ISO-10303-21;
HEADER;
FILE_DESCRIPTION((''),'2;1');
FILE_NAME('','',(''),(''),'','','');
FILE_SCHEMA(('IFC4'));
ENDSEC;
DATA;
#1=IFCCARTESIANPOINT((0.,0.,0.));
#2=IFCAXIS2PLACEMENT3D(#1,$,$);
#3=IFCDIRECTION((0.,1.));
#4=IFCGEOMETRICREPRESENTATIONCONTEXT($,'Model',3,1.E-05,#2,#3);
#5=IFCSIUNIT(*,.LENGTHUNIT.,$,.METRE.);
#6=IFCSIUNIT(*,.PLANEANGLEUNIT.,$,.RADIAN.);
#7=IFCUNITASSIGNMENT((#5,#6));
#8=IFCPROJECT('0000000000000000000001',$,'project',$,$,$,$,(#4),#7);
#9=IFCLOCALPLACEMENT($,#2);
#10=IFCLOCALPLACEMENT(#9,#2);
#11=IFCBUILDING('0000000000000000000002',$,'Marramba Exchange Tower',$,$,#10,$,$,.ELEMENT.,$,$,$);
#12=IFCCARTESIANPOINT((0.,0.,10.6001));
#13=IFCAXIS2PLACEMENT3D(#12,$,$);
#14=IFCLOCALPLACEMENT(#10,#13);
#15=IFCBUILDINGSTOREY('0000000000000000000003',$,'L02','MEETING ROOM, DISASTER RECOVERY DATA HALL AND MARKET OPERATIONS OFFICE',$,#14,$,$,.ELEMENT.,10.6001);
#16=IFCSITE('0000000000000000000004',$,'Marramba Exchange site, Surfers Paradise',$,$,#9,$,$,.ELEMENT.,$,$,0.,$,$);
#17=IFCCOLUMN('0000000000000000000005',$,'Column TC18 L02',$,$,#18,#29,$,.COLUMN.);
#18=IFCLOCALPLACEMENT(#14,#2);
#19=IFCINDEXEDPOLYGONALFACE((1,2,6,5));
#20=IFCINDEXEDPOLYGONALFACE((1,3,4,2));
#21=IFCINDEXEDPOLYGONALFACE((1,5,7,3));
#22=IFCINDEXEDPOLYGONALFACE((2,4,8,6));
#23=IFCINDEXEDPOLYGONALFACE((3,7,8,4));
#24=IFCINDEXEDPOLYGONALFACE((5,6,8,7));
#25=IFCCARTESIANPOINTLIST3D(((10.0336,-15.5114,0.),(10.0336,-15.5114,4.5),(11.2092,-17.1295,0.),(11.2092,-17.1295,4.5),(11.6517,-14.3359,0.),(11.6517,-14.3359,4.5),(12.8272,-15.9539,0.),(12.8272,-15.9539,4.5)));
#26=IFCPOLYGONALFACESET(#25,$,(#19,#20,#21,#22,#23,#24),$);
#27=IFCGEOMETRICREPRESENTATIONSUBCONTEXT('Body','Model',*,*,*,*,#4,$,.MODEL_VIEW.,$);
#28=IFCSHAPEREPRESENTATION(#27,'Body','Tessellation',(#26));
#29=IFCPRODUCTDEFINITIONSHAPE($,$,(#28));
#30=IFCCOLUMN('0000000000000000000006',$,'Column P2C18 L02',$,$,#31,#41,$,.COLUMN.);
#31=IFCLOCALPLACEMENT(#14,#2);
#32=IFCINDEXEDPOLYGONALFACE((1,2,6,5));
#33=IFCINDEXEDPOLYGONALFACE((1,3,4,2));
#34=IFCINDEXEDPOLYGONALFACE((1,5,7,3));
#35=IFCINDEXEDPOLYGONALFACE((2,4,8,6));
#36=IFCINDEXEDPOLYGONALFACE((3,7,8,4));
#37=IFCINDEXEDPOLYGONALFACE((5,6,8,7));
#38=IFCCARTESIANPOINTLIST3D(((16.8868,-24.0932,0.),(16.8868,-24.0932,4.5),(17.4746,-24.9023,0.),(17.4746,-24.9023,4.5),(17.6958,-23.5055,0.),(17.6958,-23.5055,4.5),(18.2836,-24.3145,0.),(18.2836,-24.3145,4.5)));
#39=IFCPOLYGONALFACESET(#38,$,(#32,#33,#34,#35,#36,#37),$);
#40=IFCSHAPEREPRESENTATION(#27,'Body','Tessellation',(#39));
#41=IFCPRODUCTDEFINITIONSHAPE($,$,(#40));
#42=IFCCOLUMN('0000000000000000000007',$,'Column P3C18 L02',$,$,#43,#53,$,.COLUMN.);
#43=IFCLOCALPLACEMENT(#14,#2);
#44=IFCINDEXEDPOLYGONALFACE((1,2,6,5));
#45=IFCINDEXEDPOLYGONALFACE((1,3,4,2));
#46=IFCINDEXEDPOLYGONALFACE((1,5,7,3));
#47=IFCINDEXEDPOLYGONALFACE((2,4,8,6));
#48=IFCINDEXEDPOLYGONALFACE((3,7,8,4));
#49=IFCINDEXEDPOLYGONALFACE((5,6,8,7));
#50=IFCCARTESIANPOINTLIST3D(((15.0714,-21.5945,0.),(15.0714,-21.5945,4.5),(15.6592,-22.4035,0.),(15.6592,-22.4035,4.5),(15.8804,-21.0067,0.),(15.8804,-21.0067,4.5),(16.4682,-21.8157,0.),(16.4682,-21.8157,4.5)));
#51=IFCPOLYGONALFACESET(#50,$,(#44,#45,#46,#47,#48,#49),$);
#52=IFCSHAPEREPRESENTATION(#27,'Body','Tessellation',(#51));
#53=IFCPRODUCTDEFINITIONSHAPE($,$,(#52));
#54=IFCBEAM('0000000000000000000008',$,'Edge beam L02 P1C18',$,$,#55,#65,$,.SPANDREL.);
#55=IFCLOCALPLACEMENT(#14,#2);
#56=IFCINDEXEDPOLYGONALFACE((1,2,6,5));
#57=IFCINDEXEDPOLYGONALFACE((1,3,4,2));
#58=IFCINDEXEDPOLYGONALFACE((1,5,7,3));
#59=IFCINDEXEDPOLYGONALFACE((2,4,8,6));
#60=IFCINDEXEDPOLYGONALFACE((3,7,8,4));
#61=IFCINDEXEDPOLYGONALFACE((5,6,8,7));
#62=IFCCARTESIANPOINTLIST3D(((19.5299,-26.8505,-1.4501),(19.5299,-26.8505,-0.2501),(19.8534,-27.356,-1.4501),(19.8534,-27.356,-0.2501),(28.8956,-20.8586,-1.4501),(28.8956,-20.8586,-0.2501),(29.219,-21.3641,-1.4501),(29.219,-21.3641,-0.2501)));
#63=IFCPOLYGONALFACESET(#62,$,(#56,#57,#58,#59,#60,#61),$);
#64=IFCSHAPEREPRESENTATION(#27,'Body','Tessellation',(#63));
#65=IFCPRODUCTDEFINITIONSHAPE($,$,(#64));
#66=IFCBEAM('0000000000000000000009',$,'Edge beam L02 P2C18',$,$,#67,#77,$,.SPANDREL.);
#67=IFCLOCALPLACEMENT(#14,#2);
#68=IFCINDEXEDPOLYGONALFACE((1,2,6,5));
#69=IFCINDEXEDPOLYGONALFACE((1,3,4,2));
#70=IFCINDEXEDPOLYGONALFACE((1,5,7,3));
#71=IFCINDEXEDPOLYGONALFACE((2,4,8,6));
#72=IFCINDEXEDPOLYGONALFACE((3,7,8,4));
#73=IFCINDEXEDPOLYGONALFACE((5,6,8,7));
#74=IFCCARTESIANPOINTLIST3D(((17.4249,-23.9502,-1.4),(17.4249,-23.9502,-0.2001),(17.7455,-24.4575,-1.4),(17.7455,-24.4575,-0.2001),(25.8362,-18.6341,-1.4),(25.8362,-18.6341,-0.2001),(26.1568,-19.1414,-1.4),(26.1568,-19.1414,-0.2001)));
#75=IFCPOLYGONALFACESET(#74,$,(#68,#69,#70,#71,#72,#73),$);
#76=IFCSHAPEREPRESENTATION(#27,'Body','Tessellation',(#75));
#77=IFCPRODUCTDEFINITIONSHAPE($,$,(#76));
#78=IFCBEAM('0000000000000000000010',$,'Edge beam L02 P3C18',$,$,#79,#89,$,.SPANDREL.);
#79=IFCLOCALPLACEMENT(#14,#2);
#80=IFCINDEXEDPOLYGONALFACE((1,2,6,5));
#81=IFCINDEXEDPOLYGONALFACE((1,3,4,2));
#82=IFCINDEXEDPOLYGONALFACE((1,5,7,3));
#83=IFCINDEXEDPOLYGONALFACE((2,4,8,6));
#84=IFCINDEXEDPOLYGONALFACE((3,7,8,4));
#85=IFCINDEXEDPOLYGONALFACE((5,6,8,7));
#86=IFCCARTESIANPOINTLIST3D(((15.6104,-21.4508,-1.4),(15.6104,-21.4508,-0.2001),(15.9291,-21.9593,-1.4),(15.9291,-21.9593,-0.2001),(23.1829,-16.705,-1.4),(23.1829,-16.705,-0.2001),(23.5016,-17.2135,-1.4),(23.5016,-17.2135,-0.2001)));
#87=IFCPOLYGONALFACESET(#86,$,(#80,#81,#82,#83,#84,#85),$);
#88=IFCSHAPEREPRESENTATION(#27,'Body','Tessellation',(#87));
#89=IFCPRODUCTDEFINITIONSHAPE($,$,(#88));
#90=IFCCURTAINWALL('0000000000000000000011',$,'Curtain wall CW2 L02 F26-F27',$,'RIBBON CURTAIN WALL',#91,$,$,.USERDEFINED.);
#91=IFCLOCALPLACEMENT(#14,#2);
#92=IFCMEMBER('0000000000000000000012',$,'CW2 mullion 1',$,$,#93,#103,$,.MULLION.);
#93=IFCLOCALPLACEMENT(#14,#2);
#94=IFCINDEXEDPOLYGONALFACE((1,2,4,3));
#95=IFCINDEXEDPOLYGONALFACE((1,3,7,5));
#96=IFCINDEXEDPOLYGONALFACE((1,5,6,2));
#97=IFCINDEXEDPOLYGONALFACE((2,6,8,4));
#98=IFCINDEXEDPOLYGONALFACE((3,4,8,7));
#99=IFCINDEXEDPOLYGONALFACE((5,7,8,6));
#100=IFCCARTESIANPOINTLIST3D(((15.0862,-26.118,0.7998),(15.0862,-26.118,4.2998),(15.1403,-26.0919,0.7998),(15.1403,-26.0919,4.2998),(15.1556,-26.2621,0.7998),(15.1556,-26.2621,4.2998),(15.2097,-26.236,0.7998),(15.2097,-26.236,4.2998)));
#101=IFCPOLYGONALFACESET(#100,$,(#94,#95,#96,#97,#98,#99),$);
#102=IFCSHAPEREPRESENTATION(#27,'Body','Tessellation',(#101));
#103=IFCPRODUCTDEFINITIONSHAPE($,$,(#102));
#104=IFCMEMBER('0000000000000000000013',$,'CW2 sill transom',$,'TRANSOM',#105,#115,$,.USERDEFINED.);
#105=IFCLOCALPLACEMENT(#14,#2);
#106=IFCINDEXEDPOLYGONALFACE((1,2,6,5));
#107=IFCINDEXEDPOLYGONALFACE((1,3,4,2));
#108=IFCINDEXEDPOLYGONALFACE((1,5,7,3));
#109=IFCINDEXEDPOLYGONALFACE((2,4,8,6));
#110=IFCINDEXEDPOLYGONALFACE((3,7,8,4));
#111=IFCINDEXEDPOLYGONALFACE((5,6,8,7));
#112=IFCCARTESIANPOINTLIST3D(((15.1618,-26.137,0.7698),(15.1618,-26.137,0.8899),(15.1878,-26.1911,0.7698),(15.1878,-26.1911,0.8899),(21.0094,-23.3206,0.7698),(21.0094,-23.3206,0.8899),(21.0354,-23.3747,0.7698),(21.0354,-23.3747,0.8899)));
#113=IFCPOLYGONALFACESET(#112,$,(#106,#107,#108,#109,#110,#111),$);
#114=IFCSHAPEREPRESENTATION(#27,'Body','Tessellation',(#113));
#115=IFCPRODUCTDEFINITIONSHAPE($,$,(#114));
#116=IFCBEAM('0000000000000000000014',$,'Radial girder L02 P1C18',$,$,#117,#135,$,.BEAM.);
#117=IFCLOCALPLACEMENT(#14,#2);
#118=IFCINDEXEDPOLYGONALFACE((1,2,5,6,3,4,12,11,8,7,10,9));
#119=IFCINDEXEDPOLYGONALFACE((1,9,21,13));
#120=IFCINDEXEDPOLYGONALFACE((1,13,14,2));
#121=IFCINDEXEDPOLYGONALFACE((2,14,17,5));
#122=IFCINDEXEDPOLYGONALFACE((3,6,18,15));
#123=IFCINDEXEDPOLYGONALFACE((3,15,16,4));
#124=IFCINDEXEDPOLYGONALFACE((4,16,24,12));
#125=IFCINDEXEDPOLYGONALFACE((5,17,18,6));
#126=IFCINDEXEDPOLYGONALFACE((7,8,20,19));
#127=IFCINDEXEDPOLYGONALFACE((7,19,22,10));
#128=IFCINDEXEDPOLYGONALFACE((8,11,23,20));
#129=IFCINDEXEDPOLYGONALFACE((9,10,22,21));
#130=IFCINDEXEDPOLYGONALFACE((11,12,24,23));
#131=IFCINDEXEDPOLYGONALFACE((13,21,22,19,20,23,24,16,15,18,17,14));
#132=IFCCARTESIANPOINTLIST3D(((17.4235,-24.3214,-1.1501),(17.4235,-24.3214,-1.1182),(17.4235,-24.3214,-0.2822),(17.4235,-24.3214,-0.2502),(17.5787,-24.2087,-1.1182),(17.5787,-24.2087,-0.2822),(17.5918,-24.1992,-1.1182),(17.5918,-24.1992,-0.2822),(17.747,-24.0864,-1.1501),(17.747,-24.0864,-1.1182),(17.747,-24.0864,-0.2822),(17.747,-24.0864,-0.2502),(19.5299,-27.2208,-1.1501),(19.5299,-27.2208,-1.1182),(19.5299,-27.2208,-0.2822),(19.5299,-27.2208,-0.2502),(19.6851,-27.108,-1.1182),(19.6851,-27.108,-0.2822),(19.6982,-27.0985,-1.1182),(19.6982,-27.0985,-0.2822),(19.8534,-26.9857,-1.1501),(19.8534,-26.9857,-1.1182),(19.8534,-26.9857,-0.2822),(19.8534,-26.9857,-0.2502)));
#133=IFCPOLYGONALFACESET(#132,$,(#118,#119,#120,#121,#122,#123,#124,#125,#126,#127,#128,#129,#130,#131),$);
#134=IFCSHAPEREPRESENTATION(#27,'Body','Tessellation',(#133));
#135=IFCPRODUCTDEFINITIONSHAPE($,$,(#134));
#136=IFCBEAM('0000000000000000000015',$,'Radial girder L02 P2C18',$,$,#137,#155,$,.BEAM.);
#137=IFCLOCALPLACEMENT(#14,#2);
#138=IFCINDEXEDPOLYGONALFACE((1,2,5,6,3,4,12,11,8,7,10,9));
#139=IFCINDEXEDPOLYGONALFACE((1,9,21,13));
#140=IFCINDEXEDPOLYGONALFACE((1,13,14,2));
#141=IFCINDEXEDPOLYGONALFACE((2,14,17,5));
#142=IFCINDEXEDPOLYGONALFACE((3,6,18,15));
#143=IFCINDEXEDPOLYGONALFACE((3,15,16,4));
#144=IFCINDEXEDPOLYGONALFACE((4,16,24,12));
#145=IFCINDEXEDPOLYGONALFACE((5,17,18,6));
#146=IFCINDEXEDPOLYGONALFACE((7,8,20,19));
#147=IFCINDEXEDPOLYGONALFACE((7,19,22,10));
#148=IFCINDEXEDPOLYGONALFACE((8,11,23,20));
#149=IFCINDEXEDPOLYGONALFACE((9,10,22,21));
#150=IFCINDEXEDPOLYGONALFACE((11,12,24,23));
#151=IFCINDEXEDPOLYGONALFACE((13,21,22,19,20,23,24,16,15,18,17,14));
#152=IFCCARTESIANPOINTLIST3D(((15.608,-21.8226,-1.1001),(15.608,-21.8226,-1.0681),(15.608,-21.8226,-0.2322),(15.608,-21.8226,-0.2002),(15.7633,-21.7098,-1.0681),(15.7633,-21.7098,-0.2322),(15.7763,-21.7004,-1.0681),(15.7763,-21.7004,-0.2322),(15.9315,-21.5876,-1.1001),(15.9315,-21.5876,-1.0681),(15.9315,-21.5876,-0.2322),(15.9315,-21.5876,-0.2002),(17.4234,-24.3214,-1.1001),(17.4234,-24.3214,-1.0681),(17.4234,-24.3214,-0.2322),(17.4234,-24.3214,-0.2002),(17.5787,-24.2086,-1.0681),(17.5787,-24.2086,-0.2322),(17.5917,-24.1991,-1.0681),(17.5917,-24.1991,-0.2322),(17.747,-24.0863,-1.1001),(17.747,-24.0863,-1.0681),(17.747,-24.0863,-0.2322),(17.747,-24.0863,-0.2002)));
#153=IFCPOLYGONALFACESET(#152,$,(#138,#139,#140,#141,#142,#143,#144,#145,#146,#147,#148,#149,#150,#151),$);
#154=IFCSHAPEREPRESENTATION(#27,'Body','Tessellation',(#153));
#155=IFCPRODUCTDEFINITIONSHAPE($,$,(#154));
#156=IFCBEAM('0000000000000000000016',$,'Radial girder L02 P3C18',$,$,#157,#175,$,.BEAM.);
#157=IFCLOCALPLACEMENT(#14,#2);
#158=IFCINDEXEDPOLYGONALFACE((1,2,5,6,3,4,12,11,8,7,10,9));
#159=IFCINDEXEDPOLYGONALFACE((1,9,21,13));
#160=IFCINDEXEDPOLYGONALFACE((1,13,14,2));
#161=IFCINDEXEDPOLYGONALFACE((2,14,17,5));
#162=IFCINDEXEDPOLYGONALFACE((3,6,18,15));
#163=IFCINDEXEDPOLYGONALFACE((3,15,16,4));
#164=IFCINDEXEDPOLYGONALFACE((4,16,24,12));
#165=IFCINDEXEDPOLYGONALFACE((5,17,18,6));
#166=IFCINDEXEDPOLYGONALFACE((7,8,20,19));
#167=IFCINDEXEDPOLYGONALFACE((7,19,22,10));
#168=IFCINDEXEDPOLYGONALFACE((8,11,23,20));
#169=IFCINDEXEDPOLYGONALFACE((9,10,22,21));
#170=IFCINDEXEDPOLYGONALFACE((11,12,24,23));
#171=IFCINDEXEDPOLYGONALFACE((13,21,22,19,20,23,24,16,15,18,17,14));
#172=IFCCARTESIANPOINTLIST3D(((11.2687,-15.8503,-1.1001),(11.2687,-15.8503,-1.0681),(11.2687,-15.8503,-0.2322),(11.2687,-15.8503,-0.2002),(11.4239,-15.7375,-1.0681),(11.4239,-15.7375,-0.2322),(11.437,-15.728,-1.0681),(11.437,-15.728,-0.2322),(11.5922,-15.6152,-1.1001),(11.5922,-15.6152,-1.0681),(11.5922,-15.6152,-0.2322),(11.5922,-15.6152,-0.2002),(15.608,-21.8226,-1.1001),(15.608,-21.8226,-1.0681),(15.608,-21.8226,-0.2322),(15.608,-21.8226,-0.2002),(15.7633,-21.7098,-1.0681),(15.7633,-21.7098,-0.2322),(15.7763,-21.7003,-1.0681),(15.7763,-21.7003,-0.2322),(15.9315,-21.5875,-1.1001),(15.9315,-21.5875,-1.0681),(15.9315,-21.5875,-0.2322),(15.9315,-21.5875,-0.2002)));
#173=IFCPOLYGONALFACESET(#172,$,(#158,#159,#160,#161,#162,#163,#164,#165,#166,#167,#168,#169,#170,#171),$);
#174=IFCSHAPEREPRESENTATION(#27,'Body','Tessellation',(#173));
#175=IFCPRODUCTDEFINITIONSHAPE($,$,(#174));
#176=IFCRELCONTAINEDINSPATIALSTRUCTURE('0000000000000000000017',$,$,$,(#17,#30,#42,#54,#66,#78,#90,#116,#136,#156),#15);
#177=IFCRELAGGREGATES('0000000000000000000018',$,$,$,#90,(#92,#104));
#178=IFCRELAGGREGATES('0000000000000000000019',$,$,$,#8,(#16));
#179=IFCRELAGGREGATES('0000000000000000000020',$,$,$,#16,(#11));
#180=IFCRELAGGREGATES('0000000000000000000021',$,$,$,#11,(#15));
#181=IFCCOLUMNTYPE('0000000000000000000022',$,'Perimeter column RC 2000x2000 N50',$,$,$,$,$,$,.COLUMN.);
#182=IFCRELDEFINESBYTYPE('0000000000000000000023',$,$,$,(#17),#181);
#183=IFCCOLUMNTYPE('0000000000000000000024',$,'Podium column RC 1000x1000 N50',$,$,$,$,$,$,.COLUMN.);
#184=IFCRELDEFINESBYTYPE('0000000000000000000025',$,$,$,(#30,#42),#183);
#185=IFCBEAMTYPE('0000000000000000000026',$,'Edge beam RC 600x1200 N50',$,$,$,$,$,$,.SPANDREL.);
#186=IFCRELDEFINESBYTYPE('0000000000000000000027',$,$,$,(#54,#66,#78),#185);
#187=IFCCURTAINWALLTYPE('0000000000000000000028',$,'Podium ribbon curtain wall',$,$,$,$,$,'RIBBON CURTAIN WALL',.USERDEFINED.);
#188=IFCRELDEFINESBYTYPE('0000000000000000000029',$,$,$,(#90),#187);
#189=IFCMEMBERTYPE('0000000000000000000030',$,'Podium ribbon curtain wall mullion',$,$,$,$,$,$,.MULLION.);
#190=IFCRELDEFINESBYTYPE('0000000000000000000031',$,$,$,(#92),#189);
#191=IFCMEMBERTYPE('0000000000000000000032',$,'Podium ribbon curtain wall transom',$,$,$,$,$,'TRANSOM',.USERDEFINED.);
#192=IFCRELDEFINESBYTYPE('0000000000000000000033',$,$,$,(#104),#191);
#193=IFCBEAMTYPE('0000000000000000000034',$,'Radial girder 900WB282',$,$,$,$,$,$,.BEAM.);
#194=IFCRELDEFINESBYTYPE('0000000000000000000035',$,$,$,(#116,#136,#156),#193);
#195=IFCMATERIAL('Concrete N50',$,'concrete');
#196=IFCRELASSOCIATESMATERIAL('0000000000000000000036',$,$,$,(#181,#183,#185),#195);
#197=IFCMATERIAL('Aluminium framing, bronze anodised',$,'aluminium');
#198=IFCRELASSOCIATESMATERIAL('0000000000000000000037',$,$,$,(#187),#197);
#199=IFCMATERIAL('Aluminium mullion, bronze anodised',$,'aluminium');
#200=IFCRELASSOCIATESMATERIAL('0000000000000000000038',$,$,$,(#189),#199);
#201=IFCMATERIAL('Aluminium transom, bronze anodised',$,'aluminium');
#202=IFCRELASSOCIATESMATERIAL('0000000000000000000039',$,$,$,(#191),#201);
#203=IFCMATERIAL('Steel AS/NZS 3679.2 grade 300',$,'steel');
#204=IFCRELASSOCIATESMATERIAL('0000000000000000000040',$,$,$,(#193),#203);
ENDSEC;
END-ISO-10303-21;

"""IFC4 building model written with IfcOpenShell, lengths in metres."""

from ifc_helpers import new_model, si_unit, direction, frame, origin, origin_2d, place, context, subcontext, project, spatial, rectangle, i_section, extrude, material, material_profile, profile_set, type_object, element, aggregate, save


model = new_model("IFC4")

# Units and contexts
model_context = context("Model", 3, precision=1e-05, world=origin(), true_north=direction((0.0, 1.0)))
body_context = subcontext(model_context, "Body", "Model", "MODEL_VIEW")
ifc_project = project(units=[si_unit("LENGTHUNIT", "METRE"), si_unit("PLANEANGLEUNIT", "RADIAN")], contexts=[model_context])

# Site, building, storey
site_placement = place(None, origin())
site = spatial("IfcSite", under=ifc_project, at=site_placement, Name="Marramba Exchange site, Surfers Paradise", CompositionType="ELEMENT", RefElevation=0.0)
building_placement = place(site_placement, origin())
building = spatial("IfcBuilding", under=site, at=building_placement, Name="Marramba Exchange Tower", CompositionType="ELEMENT")
storey_placement = place(building_placement, frame((0.0, 0.0, 10.6001)))
storey = spatial("IfcBuildingStorey", under=building, at=storey_placement, Name="L02", Description="MEETING ROOM, DISASTER RECOVERY DATA HALL AND MARKET OPERATIONS OFFICE", CompositionType="ELEMENT", Elevation=10.6001)

# Columns
ifc_material_1 = material(Name="Concrete N50", Category="concrete")
ifc_material_profile_1 = material_profile(ifc_material_1, rectangle(XDim=2.0, YDim=2.0, at=origin_2d()), Name="RC 2000x2000")
ifc_profile_set_1 = profile_set([ifc_material_profile_1], Name="Concrete N50")
column_type_1 = type_object("IfcColumnType", Name="Perimeter column RC 2000x2000 N50", PredefinedType="COLUMN", material=ifc_profile_set_1)
column_placement = place(storey_placement, frame((11.4304, -15.7327, 0.0), z_axis=(0.0, 0.0, 1.0), x_axis=(0.587785, -0.809017, 0.0)))
element("IfcColumn", 1, at=column_placement, inside=storey, type_object=column_type_1, Name="Column TC18 L02", PredefinedType="COLUMN", context=body_context, shape_type="SweptSolid", body=[
    extrude(rectangle(XDim=2.0, YDim=2.0, at=origin_2d()), origin(), (0.0, 0.0, 1.0), 4.5),
])
ifc_material_profile_2 = material_profile(ifc_material_1, rectangle(XDim=1.0, YDim=1.0, at=origin_2d()), Name="RC 1000x1000")
ifc_profile_set_2 = profile_set([ifc_material_profile_2], Name="Concrete N50")
column_type_2 = type_object("IfcColumnType", Name="Podium column RC 1000x1000 N50", PredefinedType="COLUMN", material=ifc_profile_set_2)
for number, where, z_axis, x_axis, name in (
    (2, (17.5852, -24.2039, 0.0), (0.0, 0.0, 1.0), (0.587785, -0.809017, 0.0), "Column P2C18 L02"),
    (3, (15.7698, -21.7051, 0.0), (0.0, 0.0, 1.0), (0.587785, -0.809017, 0.0), "Column P3C18 L02"),
):
    element("IfcColumn", number, at=place(storey_placement, frame(where, z_axis=z_axis, x_axis=x_axis)), inside=storey, type_object=column_type_2, Name=name, PredefinedType="COLUMN", context=body_context, shape_type="SweptSolid", body=[
        extrude(rectangle(XDim=1.0, YDim=1.0, at=origin_2d()), origin(), (0.0, 0.0, 1.0), 4.5),
    ])

# Beams
ifc_material_profile_3 = material_profile(ifc_material_1, rectangle(XDim=0.6001, YDim=1.2, at=origin_2d()), Name="RC 600x1200")
ifc_profile_set_3 = profile_set([ifc_material_profile_3], Name="Concrete N50")
beam_type_1 = type_object("IfcBeamType", Name="Edge beam RC 600x1200 N50", PredefinedType="SPANDREL", material=ifc_profile_set_3)
beam_1_placement = place(storey_placement, frame((19.6917, -27.1033, -0.8501), z_axis=(0.842358, 0.538918, 0.0), x_axis=(-0.538918, 0.842358, 0.0)))
element("IfcBeam", 4, at=beam_1_placement, inside=storey, type_object=beam_type_1, Name="Edge beam L02 P1C18", PredefinedType="SPANDREL", context=body_context, shape_type="SweptSolid", body=[
    extrude(rectangle(XDim=0.6001, YDim=1.2, at=origin_2d()), origin(), (0.0, 0.0, 1.0), 11.1184),
])
beam_2_placement = place(storey_placement, frame((17.5852, -24.2039, -0.8), z_axis=(0.84532, 0.53426, 0.0), x_axis=(-0.53426, 0.84532, 0.0)))
element("IfcBeam", 5, at=beam_2_placement, inside=storey, type_object=beam_type_1, Name="Edge beam L02 P2C18", PredefinedType="SPANDREL", context=body_context, shape_type="SweptSolid", body=[
    extrude(rectangle(XDim=0.6001, YDim=1.2, at=origin_2d()), origin(), (0.0, 0.0, 1.0), 9.9504),
])
beam_3_placement = place(storey_placement, frame((15.7698, -21.7051, -0.8), z_axis=(0.847342, 0.531047, 0.0), x_axis=(-0.531047, 0.847342, 0.0)))
element("IfcBeam", 6, at=beam_3_placement, inside=storey, type_object=beam_type_1, Name="Edge beam L02 P3C18", PredefinedType="SPANDREL", context=body_context, shape_type="SweptSolid", body=[
    extrude(rectangle(XDim=0.6001, YDim=1.2, at=origin_2d()), origin(), (0.0, 0.0, 1.0), 8.9368),
])

# Curtain wall, members
ifc_material_2 = material(Name="Aluminium framing, bronze anodised", Category="aluminium")
curtain_wall_type = type_object("IfcCurtainWallType", Name="Podium ribbon curtain wall", ElementType="RIBBON CURTAIN WALL", PredefinedType="USERDEFINED", material=ifc_material_2)
curtain_wall_placement = place(storey_placement, origin())
curtain_wall = element("IfcCurtainWall", 7, at=curtain_wall_placement, inside=storey, type_object=curtain_wall_type, Name="Curtain wall CW2 L02 F26-F27", ObjectType="RIBBON CURTAIN WALL", PredefinedType="USERDEFINED")
ifc_material_3 = material(Name="Aluminium mullion, bronze anodised", Category="aluminium")
ifc_material_profile_4 = material_profile(ifc_material_3, rectangle(XDim=0.1599, YDim=0.0601, at=origin_2d()), Name="CW2 mullion 60x160")
ifc_profile_set_4 = profile_set([ifc_material_profile_4], Name="Aluminium mullion, bronze anodised")
member_type_1 = type_object("IfcMemberType", Name="Podium ribbon curtain wall mullion", PredefinedType="MULLION", material=ifc_profile_set_4)
member_1_placement = place(storey_placement, frame((15.1479, -26.177, 0.7998), z_axis=(0.0, 0.0, 1.0), x_axis=(-0.43391, 0.900956, 0.0)))
member_1 = element("IfcMember", 8, at=member_1_placement, type_object=member_type_1, Name="CW2 mullion 1", PredefinedType="MULLION", context=body_context, shape_type="SweptSolid", body=[
    extrude(rectangle(XDim=0.1599, YDim=0.0601, at=origin_2d()), origin(), (0.0, 0.0, 1.0), 3.5),
])
ifc_material_4 = material(Name="Aluminium transom, bronze anodised", Category="aluminium")
ifc_material_profile_5 = material_profile(ifc_material_4, rectangle(XDim=0.0601, YDim=0.1201, at=origin_2d()), Name="CW2 transom 60x120")
ifc_profile_set_5 = profile_set([ifc_material_profile_5], Name="Aluminium transom, bronze anodised")
member_type_2 = type_object("IfcMemberType", Name="Podium ribbon curtain wall transom", ElementType="TRANSOM", PredefinedType="USERDEFINED", material=ifc_profile_set_5)
member_2_placement = place(storey_placement, frame((15.1748, -26.1641, 0.8298), z_axis=(0.900949, 0.433924, 0.0), x_axis=(-0.433924, 0.900949, 0.0)))
member_2 = element("IfcMember", 9, at=member_2_placement, type_object=member_type_2, Name="CW2 sill transom", ObjectType="TRANSOM", PredefinedType="USERDEFINED", context=body_context, shape_type="SweptSolid", body=[
    extrude(rectangle(XDim=0.0601, YDim=0.1201, at=origin_2d()), origin(), (0.0, 0.0, 1.0), 6.4905),
])

# Beams
ifc_material_5 = material(Name="Steel AS/NZS 3679.2 grade 300", Category="steel")
ifc_material_profile_6 = material_profile(ifc_material_5, i_section(OverallWidth=0.3999, OverallDepth=0.8999, WebThickness=0.0161, FlangeThickness=0.032, at=origin_2d()), Name="900WB282")
ifc_profile_set_6 = profile_set([ifc_material_profile_6], Name="Steel AS/NZS 3679.2 grade 300")
beam_type_2 = type_object("IfcBeamType", Name="Radial girder 900WB282", PredefinedType="BEAM", material=ifc_profile_set_6)
beam_4_placement = place(storey_placement, frame((19.6917, -27.1033, -0.7002), z_axis=(-0.587767, 0.809031, 0.0), x_axis=(-0.809031, -0.587767, 0.0)))
element("IfcBeam", 10, at=beam_4_placement, inside=storey, type_object=beam_type_2, Name="Radial girder L02 P1C18", PredefinedType="BEAM", context=body_context, shape_type="SweptSolid", body=[
    extrude(i_section(OverallWidth=0.3999, OverallDepth=0.8999, WebThickness=0.0161, FlangeThickness=0.032, at=origin_2d()), origin(), (0.0, 0.0, 1.0), 3.5837),
])
beam_5_placement = place(storey_placement, frame((17.5852, -24.2039, -0.6501), z_axis=(-0.587777, 0.809023, 0.0), x_axis=(-0.809023, -0.587777, 0.0)))
element("IfcBeam", 11, at=beam_5_placement, inside=storey, type_object=beam_type_2, Name="Radial girder L02 P2C18", PredefinedType="BEAM", context=body_context, shape_type="SweptSolid", body=[
    extrude(i_section(OverallWidth=0.3999, OverallDepth=0.8999, WebThickness=0.0161, FlangeThickness=0.032, at=origin_2d()), origin(), (0.0, 0.0, 1.0), 3.0886),
])
beam_6_placement = place(storey_placement, frame((15.7698, -21.7051, -0.6501), z_axis=(-0.587798, 0.809008, 0.0), x_axis=(-0.809008, -0.587798, 0.0)))
element("IfcBeam", 12, at=beam_6_placement, inside=storey, type_object=beam_type_2, Name="Radial girder L02 P3C18", PredefinedType="BEAM", context=body_context, shape_type="SweptSolid", body=[
    extrude(i_section(OverallWidth=0.3999, OverallDepth=0.8999, WebThickness=0.0161, FlangeThickness=0.032, at=origin_2d()), origin(), (0.0, 0.0, 1.0), 7.3823),
])

aggregate(curtain_wall, [member_1, member_2])

save(model, "model.ifc")
